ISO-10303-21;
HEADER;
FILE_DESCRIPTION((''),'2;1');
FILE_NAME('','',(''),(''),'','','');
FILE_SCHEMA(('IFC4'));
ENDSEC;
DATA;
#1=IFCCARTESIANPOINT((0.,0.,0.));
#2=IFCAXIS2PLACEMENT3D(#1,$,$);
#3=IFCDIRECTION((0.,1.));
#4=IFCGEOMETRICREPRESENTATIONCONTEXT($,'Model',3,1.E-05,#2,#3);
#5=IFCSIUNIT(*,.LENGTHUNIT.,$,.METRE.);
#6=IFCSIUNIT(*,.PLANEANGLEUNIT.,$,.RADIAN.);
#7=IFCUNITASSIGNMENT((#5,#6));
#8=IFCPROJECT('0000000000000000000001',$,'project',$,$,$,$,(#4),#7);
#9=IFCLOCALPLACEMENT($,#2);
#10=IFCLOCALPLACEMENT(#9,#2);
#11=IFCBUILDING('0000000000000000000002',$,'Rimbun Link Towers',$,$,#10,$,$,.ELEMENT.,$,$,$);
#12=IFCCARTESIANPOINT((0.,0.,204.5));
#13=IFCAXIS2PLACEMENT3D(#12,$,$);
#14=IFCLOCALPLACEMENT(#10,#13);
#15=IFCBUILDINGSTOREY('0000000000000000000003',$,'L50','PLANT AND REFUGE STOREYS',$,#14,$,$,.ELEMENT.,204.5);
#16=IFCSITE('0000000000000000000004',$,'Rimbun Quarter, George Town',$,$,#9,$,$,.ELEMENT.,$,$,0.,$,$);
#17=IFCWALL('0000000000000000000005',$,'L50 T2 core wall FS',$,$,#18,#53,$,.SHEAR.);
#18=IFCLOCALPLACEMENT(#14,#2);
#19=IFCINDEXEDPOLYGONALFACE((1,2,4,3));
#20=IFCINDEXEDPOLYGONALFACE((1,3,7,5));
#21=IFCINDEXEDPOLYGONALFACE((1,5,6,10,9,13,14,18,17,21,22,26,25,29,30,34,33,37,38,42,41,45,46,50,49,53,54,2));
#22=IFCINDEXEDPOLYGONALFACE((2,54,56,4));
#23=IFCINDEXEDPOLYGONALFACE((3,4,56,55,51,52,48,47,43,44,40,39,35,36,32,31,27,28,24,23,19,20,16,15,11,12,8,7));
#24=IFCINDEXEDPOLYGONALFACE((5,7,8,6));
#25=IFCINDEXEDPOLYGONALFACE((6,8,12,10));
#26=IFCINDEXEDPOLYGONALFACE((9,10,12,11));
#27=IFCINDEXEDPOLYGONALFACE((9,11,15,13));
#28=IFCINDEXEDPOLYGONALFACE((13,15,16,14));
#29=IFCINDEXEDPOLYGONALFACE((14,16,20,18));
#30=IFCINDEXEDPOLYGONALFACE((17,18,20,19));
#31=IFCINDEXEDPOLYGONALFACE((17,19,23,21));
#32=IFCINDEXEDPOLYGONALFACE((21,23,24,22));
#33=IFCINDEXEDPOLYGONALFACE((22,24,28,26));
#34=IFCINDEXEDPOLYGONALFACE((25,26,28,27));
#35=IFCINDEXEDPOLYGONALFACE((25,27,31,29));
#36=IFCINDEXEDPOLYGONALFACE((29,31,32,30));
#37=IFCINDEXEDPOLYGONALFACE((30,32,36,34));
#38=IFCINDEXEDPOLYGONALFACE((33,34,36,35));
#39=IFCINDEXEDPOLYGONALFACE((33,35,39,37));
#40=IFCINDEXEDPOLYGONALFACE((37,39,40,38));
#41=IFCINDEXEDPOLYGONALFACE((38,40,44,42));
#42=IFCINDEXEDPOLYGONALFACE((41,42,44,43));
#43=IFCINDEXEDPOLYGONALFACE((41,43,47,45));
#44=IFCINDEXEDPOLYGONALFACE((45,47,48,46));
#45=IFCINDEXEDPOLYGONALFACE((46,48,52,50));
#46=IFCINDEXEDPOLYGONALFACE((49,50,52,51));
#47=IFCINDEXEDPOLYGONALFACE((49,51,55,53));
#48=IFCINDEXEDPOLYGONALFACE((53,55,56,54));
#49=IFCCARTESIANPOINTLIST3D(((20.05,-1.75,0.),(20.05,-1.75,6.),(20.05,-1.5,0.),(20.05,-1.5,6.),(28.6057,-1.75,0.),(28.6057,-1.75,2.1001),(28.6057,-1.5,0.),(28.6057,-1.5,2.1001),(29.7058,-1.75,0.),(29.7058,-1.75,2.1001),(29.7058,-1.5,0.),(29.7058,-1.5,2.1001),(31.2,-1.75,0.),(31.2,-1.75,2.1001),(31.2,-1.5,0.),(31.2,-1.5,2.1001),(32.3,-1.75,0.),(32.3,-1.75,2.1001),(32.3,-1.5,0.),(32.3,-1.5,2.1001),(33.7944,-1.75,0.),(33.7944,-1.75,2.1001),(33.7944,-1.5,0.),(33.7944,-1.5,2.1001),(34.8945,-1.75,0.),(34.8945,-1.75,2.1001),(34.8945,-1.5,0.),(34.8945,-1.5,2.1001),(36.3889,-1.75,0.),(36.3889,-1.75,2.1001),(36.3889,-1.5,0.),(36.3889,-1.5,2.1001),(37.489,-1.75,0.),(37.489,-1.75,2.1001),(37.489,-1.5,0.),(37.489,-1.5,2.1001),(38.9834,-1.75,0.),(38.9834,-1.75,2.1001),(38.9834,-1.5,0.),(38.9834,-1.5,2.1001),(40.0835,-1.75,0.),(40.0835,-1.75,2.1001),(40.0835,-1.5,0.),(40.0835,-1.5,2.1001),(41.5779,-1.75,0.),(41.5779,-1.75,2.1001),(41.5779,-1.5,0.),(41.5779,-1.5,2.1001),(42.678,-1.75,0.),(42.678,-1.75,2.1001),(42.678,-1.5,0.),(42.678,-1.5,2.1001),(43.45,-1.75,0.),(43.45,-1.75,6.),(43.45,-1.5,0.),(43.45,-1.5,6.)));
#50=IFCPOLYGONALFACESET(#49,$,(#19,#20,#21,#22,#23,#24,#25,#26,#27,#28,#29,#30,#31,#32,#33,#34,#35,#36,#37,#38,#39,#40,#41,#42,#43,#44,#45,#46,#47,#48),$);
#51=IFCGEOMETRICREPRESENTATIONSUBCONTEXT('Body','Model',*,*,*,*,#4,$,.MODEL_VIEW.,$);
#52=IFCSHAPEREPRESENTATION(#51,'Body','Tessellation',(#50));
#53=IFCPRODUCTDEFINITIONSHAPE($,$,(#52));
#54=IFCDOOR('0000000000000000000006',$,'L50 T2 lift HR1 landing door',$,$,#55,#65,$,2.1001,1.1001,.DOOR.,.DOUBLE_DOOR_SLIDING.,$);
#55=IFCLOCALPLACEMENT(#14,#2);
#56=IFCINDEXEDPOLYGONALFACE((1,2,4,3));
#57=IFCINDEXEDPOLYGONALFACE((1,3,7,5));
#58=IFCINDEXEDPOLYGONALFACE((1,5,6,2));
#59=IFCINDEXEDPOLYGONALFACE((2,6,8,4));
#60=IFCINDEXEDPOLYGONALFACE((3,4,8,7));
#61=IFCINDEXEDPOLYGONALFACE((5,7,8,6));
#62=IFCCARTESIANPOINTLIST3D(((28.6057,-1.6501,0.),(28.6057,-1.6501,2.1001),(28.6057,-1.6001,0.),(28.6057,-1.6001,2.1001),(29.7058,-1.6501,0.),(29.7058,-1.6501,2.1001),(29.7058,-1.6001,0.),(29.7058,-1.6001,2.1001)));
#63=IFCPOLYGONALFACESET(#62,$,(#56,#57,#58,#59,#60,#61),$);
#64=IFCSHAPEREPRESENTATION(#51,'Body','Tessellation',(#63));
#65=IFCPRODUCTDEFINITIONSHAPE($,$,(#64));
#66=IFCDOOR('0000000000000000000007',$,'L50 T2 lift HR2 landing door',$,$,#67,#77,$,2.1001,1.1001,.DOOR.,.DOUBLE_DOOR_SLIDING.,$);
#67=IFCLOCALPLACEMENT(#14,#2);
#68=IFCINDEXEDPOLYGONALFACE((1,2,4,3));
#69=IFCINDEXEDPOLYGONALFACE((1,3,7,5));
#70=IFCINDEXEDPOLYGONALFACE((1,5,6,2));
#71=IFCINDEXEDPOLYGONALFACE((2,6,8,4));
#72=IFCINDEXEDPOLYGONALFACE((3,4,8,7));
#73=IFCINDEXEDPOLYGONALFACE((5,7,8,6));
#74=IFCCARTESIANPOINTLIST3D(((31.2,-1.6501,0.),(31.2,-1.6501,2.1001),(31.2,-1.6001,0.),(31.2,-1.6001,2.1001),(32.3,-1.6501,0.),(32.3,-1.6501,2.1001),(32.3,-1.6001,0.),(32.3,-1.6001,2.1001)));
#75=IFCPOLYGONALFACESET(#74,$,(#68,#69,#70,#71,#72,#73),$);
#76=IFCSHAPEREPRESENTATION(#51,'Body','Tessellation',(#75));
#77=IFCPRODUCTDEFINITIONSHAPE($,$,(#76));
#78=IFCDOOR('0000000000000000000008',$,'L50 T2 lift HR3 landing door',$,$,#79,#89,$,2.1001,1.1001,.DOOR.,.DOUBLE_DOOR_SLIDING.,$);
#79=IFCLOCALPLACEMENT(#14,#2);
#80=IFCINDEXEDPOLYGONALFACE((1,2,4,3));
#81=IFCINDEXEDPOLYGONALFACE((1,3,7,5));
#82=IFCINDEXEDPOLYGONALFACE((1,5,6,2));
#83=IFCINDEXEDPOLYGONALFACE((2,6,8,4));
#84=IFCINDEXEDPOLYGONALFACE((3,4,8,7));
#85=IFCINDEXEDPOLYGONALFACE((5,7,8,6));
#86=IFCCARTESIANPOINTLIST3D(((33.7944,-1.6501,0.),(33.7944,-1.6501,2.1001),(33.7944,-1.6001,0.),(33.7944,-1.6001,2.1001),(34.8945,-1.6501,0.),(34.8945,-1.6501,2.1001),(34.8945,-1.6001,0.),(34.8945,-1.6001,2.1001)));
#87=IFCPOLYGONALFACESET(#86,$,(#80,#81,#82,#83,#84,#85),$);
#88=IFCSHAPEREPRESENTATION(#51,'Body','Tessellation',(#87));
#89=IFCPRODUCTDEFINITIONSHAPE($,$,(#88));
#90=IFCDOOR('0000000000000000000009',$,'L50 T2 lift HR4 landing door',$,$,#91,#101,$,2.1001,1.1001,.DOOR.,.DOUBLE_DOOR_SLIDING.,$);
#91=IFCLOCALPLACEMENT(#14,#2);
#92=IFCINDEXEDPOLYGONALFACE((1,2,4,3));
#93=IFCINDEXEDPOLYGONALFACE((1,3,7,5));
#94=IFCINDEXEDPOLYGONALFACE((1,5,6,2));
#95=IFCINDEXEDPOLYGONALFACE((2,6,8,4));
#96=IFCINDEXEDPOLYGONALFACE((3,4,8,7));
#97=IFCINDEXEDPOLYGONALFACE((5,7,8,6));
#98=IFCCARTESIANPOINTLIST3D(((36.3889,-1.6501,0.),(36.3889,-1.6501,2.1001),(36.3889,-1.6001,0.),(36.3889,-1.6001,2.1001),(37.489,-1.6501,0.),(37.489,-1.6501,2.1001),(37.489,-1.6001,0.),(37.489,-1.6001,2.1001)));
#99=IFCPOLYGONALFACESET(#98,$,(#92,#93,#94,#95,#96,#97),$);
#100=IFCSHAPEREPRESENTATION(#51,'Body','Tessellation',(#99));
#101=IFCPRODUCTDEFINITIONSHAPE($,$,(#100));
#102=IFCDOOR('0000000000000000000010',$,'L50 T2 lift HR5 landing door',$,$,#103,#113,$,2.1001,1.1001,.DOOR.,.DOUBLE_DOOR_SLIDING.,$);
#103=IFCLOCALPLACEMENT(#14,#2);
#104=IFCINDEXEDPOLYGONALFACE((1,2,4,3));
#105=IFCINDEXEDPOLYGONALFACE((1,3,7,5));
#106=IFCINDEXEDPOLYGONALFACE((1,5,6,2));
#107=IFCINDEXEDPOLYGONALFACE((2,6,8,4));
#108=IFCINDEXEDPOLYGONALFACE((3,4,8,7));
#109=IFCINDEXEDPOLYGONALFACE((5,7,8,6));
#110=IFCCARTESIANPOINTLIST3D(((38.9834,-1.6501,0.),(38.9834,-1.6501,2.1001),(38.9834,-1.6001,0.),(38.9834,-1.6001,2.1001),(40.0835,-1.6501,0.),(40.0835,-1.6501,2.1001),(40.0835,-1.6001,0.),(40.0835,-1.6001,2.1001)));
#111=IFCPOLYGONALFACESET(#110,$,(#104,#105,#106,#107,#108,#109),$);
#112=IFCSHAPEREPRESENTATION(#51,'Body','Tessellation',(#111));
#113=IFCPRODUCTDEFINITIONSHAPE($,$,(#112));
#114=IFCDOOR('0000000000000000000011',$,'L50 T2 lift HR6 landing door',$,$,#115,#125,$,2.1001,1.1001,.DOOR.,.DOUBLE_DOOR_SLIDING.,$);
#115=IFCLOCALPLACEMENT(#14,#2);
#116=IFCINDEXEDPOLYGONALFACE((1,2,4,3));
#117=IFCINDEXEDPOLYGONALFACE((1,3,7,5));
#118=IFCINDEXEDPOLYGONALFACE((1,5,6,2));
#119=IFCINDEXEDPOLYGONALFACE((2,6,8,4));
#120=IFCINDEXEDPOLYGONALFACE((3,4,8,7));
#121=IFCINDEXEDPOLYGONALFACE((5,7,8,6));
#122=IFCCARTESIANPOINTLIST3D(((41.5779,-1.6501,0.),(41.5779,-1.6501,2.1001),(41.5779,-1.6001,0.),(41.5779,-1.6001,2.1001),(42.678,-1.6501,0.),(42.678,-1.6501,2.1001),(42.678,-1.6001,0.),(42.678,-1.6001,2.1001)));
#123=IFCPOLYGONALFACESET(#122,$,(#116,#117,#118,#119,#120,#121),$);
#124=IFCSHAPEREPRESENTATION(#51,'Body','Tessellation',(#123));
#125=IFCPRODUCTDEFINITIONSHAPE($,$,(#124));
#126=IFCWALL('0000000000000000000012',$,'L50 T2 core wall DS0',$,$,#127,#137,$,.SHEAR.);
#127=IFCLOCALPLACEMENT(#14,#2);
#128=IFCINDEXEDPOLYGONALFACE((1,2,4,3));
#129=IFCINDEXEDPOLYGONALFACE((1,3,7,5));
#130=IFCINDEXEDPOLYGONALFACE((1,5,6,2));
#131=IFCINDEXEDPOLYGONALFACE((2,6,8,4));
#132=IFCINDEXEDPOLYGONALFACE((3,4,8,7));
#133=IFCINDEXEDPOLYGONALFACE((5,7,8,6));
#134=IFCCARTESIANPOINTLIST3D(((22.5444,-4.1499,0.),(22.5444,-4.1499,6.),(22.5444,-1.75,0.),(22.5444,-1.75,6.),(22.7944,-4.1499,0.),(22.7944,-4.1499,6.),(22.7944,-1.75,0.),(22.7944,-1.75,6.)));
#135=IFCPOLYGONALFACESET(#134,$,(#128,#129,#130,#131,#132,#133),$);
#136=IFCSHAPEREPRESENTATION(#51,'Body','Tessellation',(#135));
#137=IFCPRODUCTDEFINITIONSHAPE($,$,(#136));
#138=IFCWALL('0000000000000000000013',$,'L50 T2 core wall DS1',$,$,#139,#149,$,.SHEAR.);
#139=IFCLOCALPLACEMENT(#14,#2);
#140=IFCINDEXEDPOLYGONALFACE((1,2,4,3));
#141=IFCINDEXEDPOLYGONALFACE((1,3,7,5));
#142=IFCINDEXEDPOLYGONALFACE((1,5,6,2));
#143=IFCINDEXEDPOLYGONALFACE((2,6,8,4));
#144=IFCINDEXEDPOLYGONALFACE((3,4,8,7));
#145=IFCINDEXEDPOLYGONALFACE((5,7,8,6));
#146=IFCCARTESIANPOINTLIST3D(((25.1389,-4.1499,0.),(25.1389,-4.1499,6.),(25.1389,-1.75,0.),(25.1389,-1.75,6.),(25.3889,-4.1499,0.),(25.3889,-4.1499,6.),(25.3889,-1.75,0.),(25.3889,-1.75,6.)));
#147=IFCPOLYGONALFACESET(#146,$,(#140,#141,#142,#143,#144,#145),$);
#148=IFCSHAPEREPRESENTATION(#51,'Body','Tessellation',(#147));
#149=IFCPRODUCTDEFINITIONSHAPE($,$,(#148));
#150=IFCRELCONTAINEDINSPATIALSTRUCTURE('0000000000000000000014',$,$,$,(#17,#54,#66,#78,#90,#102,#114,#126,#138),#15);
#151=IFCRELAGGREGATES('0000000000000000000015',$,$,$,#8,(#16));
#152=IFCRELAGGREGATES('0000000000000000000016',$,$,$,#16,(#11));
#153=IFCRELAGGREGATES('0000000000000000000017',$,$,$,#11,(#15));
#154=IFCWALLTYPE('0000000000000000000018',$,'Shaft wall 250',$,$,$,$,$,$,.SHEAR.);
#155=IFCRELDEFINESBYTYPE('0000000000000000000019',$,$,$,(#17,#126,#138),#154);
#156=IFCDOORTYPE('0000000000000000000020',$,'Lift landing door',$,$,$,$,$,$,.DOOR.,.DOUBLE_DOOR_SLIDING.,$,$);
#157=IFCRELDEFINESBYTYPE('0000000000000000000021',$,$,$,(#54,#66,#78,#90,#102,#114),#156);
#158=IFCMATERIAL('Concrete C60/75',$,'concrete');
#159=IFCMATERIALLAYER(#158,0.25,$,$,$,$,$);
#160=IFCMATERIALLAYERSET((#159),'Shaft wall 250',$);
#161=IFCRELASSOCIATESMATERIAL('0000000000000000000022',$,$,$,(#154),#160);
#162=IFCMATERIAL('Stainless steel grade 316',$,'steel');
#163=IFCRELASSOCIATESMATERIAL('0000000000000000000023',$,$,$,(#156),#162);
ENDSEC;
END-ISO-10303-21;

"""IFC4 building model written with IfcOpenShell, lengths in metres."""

from ifc_helpers import new_model, si_unit, direction, frame, frame_2d, origin, place, context, subcontext, project, spatial, rectangle, extrude, material, layer, layer_set, type_object, element, fill, save


model = new_model("IFC4")

# Units and contexts
model_context = context("Model", 3, precision=1e-05, world=origin(), true_north=direction((0.0, 1.0)))
body_context = subcontext(model_context, "Body", "Model", "MODEL_VIEW")
ifc_project = project(units=[si_unit("LENGTHUNIT", "METRE"), si_unit("PLANEANGLEUNIT", "RADIAN")], contexts=[model_context])

# Site, building, storey
site_placement = place(None, origin())
site = spatial("IfcSite", under=ifc_project, at=site_placement, Name="Rimbun Quarter, George Town", CompositionType="ELEMENT", RefElevation=0.0)
building_placement = place(site_placement, origin())
building = spatial("IfcBuilding", under=site, at=building_placement, Name="Rimbun Link Towers", CompositionType="ELEMENT")
storey_placement = place(building_placement, frame((0.0, 0.0, 204.5)))
storey = spatial("IfcBuildingStorey", under=building, at=storey_placement, Name="L50", Description="PLANT AND REFUGE STOREYS", CompositionType="ELEMENT", Elevation=204.5)

# Shared definitions
ifc_material_1 = material(Name="Concrete C60/75", Category="concrete")
ifc_layer_1 = layer(ifc_material_1, 0.25)
ifc_layer_set_1 = layer_set([ifc_layer_1], Name="Shaft wall 250")
wall_type_1 = type_object("IfcWallType", Name="Shaft wall 250", PredefinedType="SHEAR", material=ifc_layer_set_1)

# Wall, openings, doors
wall_1_placement = place(storey_placement, frame((20.05, -1.625, 0.0), z_axis=(0.0, 0.0, 1.0), x_axis=(1.0, 0.0, 0.0)))
wall_1 = element("IfcWall", 1, at=wall_1_placement, inside=storey, type_object=wall_type_1, Name="L50 T2 core wall FS", PredefinedType="SHEAR", context=body_context, shape_type="SweptSolid", body=[
    extrude(rectangle(XDim=23.3999, YDim=0.25, at=frame_2d((11.7, 0.0))), origin(), (0.0, 0.0, 1.0), 6.0),
])
opening_1_placement = place(wall_1_placement, frame((8.5557, 0.0, 0.0)))
opening_1 = element("IfcOpeningElement", 2, at=opening_1_placement, cuts=wall_1, PredefinedType="OPENING", context=body_context, shape_type="SweptSolid", body=[
    extrude(rectangle(XDim=1.1001, YDim=2.1001, at=frame_2d((0.55, 1.05))), frame((0.0, 0.135, 0.0), z_axis=(0.0, -1.0, 0.0), x_axis=(1.0, 0.0, 0.0)), (0.0, 0.0, 1.0), 0.27),
])
opening_2_placement = place(wall_1_placement, frame((11.1499, 0.0, 0.0)))
opening_2 = element("IfcOpeningElement", 3, at=opening_2_placement, cuts=wall_1, PredefinedType="OPENING", context=body_context, shape_type="SweptSolid", body=[
    extrude(rectangle(XDim=1.1001, YDim=2.1001, at=frame_2d((0.55, 1.05))), frame((0.0, 0.135, 0.0), z_axis=(0.0, -1.0, 0.0), x_axis=(1.0, 0.0, 0.0)), (0.0, 0.0, 1.0), 0.27),
])
opening_3_placement = place(wall_1_placement, frame((13.7444, 0.0, 0.0)))
opening_3 = element("IfcOpeningElement", 4, at=opening_3_placement, cuts=wall_1, PredefinedType="OPENING", context=body_context, shape_type="SweptSolid", body=[
    extrude(rectangle(XDim=1.1001, YDim=2.1001, at=frame_2d((0.55, 1.05))), frame((0.0, 0.135, 0.0), z_axis=(0.0, -1.0, 0.0), x_axis=(1.0, 0.0, 0.0)), (0.0, 0.0, 1.0), 0.27),
])
opening_4_placement = place(wall_1_placement, frame((16.3389, 0.0, 0.0)))
opening_4 = element("IfcOpeningElement", 5, at=opening_4_placement, cuts=wall_1, PredefinedType="OPENING", context=body_context, shape_type="SweptSolid", body=[
    extrude(rectangle(XDim=1.1001, YDim=2.1001, at=frame_2d((0.55, 1.05))), frame((0.0, 0.135, 0.0), z_axis=(0.0, -1.0, 0.0), x_axis=(1.0, 0.0, 0.0)), (0.0, 0.0, 1.0), 0.27),
])
opening_5_placement = place(wall_1_placement, frame((18.9333, 0.0, 0.0)))
opening_5 = element("IfcOpeningElement", 6, at=opening_5_placement, cuts=wall_1, PredefinedType="OPENING", context=body_context, shape_type="SweptSolid", body=[
    extrude(rectangle(XDim=1.1001, YDim=2.1001, at=frame_2d((0.55, 1.05))), frame((0.0, 0.135, 0.0), z_axis=(0.0, -1.0, 0.0), x_axis=(1.0, 0.0, 0.0)), (0.0, 0.0, 1.0), 0.27),
])
opening_6_placement = place(wall_1_placement, frame((21.5278, 0.0, 0.0)))
opening_6 = element("IfcOpeningElement", 7, at=opening_6_placement, cuts=wall_1, PredefinedType="OPENING", context=body_context, shape_type="SweptSolid", body=[
    extrude(rectangle(XDim=1.1001, YDim=2.1001, at=frame_2d((0.55, 1.05))), frame((0.0, 0.135, 0.0), z_axis=(0.0, -1.0, 0.0), x_axis=(1.0, 0.0, 0.0)), (0.0, 0.0, 1.0), 0.27),
])
ifc_material_2 = material(Name="Stainless steel grade 316", Category="steel")
door_type_1 = type_object("IfcDoorType", Name="Lift landing door", OperationType="DOUBLE_DOOR_SLIDING", PredefinedType="DOOR", material=ifc_material_2)
door_1_placement = place(opening_1_placement, origin())
door_1 = element("IfcDoor", 8, at=door_1_placement, inside=storey, type_object=door_type_1, Name="L50 T2 lift HR1 landing door", OperationType="DOUBLE_DOOR_SLIDING", OverallHeight=2.1001, OverallWidth=1.1001, PredefinedType="DOOR", context=body_context, shape_type="SweptSolid", body=[
    extrude(rectangle(XDim=1.1001, YDim=2.1001, at=frame_2d((0.55, 1.05))), frame((0.0, 0.0249, 0.0), z_axis=(0.0, -1.0, 0.0), x_axis=(1.0, 0.0, 0.0)), (0.0, 0.0, 1.0), 0.05),
])
fill(opening_1, door_1)
door_2_placement = place(opening_2_placement, origin())
door_2 = element("IfcDoor", 9, at=door_2_placement, inside=storey, type_object=door_type_1, Name="L50 T2 lift HR2 landing door", OperationType="DOUBLE_DOOR_SLIDING", OverallHeight=2.1001, OverallWidth=1.1001, PredefinedType="DOOR", context=body_context, shape_type="SweptSolid", body=[
    extrude(rectangle(XDim=1.1001, YDim=2.1001, at=frame_2d((0.55, 1.05))), frame((0.0, 0.0249, 0.0), z_axis=(0.0, -1.0, 0.0), x_axis=(1.0, 0.0, 0.0)), (0.0, 0.0, 1.0), 0.05),
])
fill(opening_2, door_2)
door_3_placement = place(opening_3_placement, origin())
door_3 = element("IfcDoor", 10, at=door_3_placement, inside=storey, type_object=door_type_1, Name="L50 T2 lift HR3 landing door", OperationType="DOUBLE_DOOR_SLIDING", OverallHeight=2.1001, OverallWidth=1.1001, PredefinedType="DOOR", context=body_context, shape_type="SweptSolid", body=[
    extrude(rectangle(XDim=1.1001, YDim=2.1001, at=frame_2d((0.55, 1.05))), frame((0.0, 0.0249, 0.0), z_axis=(0.0, -1.0, 0.0), x_axis=(1.0, 0.0, 0.0)), (0.0, 0.0, 1.0), 0.05),
])
fill(opening_3, door_3)
door_4_placement = place(opening_4_placement, origin())
door_4 = element("IfcDoor", 11, at=door_4_placement, inside=storey, type_object=door_type_1, Name="L50 T2 lift HR4 landing door", OperationType="DOUBLE_DOOR_SLIDING", OverallHeight=2.1001, OverallWidth=1.1001, PredefinedType="DOOR", context=body_context, shape_type="SweptSolid", body=[
    extrude(rectangle(XDim=1.1001, YDim=2.1001, at=frame_2d((0.55, 1.05))), frame((0.0, 0.0249, 0.0), z_axis=(0.0, -1.0, 0.0), x_axis=(1.0, 0.0, 0.0)), (0.0, 0.0, 1.0), 0.05),
])
fill(opening_4, door_4)
door_5_placement = place(opening_5_placement, origin())
door_5 = element("IfcDoor", 12, at=door_5_placement, inside=storey, type_object=door_type_1, Name="L50 T2 lift HR5 landing door", OperationType="DOUBLE_DOOR_SLIDING", OverallHeight=2.1001, OverallWidth=1.1001, PredefinedType="DOOR", context=body_context, shape_type="SweptSolid", body=[
    extrude(rectangle(XDim=1.1001, YDim=2.1001, at=frame_2d((0.55, 1.05))), frame((0.0, 0.0249, 0.0), z_axis=(0.0, -1.0, 0.0), x_axis=(1.0, 0.0, 0.0)), (0.0, 0.0, 1.0), 0.05),
])
fill(opening_5, door_5)
door_6_placement = place(opening_6_placement, origin())
door_6 = element("IfcDoor", 13, at=door_6_placement, inside=storey, type_object=door_type_1, Name="L50 T2 lift HR6 landing door", OperationType="DOUBLE_DOOR_SLIDING", OverallHeight=2.1001, OverallWidth=1.1001, PredefinedType="DOOR", context=body_context, shape_type="SweptSolid", body=[
    extrude(rectangle(XDim=1.1001, YDim=2.1001, at=frame_2d((0.55, 1.05))), frame((0.0, 0.0249, 0.0), z_axis=(0.0, -1.0, 0.0), x_axis=(1.0, 0.0, 0.0)), (0.0, 0.0, 1.0), 0.05),
])
fill(opening_6, door_6)

# Walls
for number, where, z_axis, x_axis, name in (
    (14, (22.6694, -4.1499, 0.0), (0.0, 0.0, 1.0), (0.0, 1.0, 0.0), "L50 T2 core wall DS0"),
    (15, (25.2639, -4.1499, 0.0), (0.0, 0.0, 1.0), (0.0, 1.0, 0.0), "L50 T2 core wall DS1"),
):
    element("IfcWall", number, at=place(storey_placement, frame(where, z_axis=z_axis, x_axis=x_axis)), inside=storey, type_object=wall_type_1, Name=name, PredefinedType="SHEAR", context=body_context, shape_type="SweptSolid", body=[
        extrude(rectangle(XDim=2.3999, YDim=0.25, at=frame_2d((1.2, 0.0))), origin(), (0.0, 0.0, 1.0), 6.0),
    ])

save(model, "model.ifc")
